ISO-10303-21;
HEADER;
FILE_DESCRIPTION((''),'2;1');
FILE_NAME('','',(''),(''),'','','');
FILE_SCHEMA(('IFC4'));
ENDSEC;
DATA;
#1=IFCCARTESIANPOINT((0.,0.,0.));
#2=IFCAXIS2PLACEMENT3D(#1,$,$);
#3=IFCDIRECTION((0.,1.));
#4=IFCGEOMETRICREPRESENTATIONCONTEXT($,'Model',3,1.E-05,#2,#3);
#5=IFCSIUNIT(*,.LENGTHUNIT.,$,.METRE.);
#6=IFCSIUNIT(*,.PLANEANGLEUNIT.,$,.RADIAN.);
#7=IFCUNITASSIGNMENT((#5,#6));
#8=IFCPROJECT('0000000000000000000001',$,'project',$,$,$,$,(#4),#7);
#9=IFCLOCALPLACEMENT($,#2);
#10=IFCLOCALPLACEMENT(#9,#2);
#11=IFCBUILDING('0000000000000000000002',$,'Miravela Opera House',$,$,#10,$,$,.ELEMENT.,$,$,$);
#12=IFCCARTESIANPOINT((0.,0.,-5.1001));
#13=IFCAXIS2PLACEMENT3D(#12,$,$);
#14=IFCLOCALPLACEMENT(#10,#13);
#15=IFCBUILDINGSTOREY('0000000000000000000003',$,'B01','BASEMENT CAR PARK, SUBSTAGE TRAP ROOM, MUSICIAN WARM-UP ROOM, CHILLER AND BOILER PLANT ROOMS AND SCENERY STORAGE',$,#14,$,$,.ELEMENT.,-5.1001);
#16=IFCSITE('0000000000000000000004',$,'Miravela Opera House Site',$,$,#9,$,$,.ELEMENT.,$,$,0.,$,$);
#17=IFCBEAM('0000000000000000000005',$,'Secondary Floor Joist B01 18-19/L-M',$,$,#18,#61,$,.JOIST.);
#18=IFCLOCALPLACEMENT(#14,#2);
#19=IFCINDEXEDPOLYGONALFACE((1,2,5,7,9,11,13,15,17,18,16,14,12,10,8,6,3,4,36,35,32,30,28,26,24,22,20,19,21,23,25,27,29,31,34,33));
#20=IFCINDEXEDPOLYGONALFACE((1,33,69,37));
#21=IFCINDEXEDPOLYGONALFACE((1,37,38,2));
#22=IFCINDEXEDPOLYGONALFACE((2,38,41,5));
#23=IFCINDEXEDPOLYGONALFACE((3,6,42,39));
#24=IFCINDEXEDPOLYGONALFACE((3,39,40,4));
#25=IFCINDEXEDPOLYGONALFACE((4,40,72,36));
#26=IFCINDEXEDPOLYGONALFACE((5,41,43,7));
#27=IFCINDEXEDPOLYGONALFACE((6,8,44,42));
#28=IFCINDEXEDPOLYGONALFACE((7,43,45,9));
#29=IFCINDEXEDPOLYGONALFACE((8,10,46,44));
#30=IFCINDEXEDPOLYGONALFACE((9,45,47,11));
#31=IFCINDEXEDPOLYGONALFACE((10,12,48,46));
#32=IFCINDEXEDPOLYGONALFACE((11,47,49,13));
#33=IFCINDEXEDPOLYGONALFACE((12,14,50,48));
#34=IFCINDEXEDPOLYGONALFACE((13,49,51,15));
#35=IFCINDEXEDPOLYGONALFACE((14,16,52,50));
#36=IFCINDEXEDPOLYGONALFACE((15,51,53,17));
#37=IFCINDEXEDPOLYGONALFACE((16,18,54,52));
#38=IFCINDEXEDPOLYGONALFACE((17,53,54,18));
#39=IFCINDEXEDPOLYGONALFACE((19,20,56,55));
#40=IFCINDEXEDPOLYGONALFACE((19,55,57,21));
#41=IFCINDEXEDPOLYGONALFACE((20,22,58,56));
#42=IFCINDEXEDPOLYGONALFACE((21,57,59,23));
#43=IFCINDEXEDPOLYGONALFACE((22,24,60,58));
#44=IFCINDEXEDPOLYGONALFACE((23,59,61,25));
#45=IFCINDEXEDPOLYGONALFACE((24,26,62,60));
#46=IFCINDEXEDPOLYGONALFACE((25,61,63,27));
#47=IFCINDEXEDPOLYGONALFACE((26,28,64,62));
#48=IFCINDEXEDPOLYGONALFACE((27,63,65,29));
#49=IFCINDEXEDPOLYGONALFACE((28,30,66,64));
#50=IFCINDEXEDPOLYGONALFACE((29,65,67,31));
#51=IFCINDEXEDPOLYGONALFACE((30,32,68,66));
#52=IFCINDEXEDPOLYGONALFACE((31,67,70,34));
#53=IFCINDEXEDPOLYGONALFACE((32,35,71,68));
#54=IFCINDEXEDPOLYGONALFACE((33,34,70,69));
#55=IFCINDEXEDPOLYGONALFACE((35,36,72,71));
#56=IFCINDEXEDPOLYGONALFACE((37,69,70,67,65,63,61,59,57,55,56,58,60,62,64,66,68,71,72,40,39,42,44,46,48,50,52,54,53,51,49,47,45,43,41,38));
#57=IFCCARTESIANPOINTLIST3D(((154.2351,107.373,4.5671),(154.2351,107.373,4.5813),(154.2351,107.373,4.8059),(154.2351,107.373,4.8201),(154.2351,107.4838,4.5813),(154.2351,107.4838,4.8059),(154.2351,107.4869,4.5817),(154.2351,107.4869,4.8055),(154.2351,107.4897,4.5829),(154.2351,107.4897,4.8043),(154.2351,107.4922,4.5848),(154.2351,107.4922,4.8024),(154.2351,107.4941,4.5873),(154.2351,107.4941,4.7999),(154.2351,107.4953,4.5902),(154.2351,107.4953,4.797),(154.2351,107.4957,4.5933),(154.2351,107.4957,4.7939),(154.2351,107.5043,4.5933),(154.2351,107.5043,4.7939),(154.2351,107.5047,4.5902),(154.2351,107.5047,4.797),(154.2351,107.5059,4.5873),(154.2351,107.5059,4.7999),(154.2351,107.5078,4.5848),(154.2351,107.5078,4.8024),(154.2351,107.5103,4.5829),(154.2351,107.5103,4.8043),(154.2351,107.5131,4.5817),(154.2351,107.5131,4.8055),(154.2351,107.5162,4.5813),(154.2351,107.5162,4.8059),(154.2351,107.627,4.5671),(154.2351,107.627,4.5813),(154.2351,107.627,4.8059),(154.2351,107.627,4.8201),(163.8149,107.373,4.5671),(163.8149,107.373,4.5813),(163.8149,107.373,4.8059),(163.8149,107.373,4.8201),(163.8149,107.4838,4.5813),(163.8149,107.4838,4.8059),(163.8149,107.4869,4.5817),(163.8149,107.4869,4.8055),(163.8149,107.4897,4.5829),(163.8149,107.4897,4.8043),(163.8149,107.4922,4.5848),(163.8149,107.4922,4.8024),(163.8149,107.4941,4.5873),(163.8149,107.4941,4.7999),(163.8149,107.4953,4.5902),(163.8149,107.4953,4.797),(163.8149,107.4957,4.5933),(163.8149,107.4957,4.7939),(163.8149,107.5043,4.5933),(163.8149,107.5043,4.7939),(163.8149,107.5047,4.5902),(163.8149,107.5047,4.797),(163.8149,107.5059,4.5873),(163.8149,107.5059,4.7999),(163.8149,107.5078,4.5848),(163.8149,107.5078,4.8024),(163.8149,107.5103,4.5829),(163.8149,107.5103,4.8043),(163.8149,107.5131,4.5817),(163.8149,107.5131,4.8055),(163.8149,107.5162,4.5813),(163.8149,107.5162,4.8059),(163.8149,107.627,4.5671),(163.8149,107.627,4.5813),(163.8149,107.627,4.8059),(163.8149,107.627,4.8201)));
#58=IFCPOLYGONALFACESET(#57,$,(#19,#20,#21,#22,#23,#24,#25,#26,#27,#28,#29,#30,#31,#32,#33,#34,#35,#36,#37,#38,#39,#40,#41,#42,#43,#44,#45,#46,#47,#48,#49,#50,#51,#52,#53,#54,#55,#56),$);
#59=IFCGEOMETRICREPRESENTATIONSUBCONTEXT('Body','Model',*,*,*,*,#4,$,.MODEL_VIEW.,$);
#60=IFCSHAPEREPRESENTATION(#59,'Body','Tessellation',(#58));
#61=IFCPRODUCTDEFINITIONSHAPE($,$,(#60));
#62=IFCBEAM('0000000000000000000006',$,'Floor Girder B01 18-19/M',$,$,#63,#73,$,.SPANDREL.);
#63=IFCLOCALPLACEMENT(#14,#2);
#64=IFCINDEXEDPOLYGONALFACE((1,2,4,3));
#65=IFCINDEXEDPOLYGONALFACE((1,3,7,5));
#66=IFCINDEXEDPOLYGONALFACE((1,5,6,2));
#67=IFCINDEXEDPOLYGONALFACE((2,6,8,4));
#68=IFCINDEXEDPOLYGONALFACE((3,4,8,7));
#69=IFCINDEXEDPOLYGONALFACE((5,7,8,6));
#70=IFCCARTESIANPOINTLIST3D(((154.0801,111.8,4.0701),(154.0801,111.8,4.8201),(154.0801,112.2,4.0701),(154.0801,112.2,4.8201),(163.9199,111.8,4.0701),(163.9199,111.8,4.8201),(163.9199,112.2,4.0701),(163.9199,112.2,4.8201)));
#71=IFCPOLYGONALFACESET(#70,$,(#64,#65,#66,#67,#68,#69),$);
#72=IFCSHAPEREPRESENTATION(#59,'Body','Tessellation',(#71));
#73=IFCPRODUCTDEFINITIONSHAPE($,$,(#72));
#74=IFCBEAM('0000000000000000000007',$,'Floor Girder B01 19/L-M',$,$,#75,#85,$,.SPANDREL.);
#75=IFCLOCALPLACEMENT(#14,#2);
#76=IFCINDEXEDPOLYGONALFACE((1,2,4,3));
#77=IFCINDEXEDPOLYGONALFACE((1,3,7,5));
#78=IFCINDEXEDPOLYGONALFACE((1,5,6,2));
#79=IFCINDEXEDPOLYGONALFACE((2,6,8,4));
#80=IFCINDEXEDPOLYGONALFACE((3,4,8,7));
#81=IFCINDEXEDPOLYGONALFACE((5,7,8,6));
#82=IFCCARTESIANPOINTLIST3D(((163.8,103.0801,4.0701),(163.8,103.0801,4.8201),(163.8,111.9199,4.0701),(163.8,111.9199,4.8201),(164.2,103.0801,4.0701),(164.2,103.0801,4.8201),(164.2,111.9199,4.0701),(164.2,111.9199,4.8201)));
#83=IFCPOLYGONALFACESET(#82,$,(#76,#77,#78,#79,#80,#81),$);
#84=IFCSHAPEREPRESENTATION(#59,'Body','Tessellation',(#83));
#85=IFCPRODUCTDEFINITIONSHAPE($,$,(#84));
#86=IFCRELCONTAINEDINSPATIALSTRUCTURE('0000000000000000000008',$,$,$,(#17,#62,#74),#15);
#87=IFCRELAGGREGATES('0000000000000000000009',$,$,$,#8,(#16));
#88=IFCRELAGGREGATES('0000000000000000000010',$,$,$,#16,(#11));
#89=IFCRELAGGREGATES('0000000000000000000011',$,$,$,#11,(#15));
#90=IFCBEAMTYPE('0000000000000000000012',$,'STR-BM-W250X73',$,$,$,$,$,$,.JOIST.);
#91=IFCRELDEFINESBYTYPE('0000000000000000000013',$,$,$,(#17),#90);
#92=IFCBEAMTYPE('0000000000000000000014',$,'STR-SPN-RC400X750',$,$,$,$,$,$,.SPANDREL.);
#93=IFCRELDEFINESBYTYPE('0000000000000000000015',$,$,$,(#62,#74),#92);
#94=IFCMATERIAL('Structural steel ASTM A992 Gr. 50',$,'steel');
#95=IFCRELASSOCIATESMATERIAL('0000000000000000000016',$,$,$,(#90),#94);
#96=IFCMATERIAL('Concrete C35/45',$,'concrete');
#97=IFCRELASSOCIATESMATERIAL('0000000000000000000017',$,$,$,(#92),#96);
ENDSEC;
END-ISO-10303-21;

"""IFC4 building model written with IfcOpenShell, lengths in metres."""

from ifc_helpers import new_model, si_unit, direction, frame, origin, origin_2d, place, context, subcontext, project, spatial, rectangle, i_section, extrude, material, material_profile, profile_set, type_object, element, save


model = new_model("IFC4")

# Units and contexts
model_context = context("Model", 3, precision=1e-05, world=origin(), true_north=direction((0.0, 1.0)))
body_context = subcontext(model_context, "Body", "Model", "MODEL_VIEW")
ifc_project = project(units=[si_unit("LENGTHUNIT", "METRE"), si_unit("PLANEANGLEUNIT", "RADIAN")], contexts=[model_context])

# Site, building, storey
site_placement = place(None, origin())
site = spatial("IfcSite", under=ifc_project, at=site_placement, Name="Miravela Opera House Site", CompositionType="ELEMENT", RefElevation=0.0)
building_placement = place(site_placement, origin())
building = spatial("IfcBuilding", under=site, at=building_placement, Name="Miravela Opera House", CompositionType="ELEMENT")
storey_placement = place(building_placement, frame((0.0, 0.0, -5.1001)))
storey = spatial("IfcBuildingStorey", under=building, at=storey_placement, Name="B01", Description="BASEMENT CAR PARK, SUBSTAGE TRAP ROOM, MUSICIAN WARM-UP ROOM, CHILLER AND BOILER PLANT ROOMS AND SCENERY STORAGE", CompositionType="ELEMENT", Elevation=-5.1001)

# Shared definitions
ifc_material_1 = material(Name="Concrete C35/45", Category="concrete")

# Beams
ifc_material_2 = material(Name="Structural steel ASTM A992 Gr. 50", Category="steel")
ifc_material_profile_1 = material_profile(ifc_material_2, i_section(OverallWidth=0.2539, OverallDepth=0.2529, WebThickness=0.0085, FlangeThickness=0.0142, FilletRadius=0.012, at=origin_2d()), Name="W250X73")
ifc_profile_set_1 = profile_set([ifc_material_profile_1])
beam_type_1 = type_object("IfcBeamType", Name="STR-BM-W250X73", PredefinedType="JOIST", material=ifc_profile_set_1)
beam_1_placement = place(storey_placement, frame((154.2351, 107.5, 4.6936), z_axis=(1.0, 0.0, 0.0), x_axis=(0.0, 1.0, 0.0)))
element("IfcBeam", 1, at=beam_1_placement, inside=storey, type_object=beam_type_1, Name="Secondary Floor Joist B01 18-19/L-M", PredefinedType="JOIST", context=body_context, shape_type="SweptSolid", body=[
    extrude(i_section(OverallWidth=0.2539, OverallDepth=0.2529, WebThickness=0.0085, FlangeThickness=0.0142, FilletRadius=0.012, at=origin_2d()), origin(), (0.0, 0.0, 1.0), 9.5798),
])
ifc_material_profile_2 = material_profile(ifc_material_1, rectangle(XDim=0.3999, YDim=0.75, at=origin_2d()), Name="RC-SPN-400X750")
ifc_profile_set_2 = profile_set([ifc_material_profile_2])
beam_type_2 = type_object("IfcBeamType", Name="STR-SPN-RC400X750", PredefinedType="SPANDREL", material=ifc_profile_set_2)
beam_2_placement = place(storey_placement, frame((154.0801, 112.0, 4.4451), z_axis=(1.0, 0.0, 0.0), x_axis=(0.0, 1.0, 0.0)))
element("IfcBeam", 2, at=beam_2_placement, inside=storey, type_object=beam_type_2, Name="Floor Girder B01 18-19/M", PredefinedType="SPANDREL", context=body_context, shape_type="SweptSolid", body=[
    extrude(rectangle(XDim=0.3999, YDim=0.75, at=origin_2d()), origin(), (0.0, 0.0, 1.0), 9.8398),
])
beam_3_placement = place(storey_placement, frame((164.0, 103.0801, 4.4451), z_axis=(0.0, 1.0, 0.0), x_axis=(-1.0, 0.0, 0.0)))
element("IfcBeam", 3, at=beam_3_placement, inside=storey, type_object=beam_type_2, Name="Floor Girder B01 19/L-M", PredefinedType="SPANDREL", context=body_context, shape_type="SweptSolid", body=[
    extrude(rectangle(XDim=0.3999, YDim=0.75, at=origin_2d()), origin(), (0.0, 0.0, 1.0), 8.8398),
])

save(model, "model.ifc")
